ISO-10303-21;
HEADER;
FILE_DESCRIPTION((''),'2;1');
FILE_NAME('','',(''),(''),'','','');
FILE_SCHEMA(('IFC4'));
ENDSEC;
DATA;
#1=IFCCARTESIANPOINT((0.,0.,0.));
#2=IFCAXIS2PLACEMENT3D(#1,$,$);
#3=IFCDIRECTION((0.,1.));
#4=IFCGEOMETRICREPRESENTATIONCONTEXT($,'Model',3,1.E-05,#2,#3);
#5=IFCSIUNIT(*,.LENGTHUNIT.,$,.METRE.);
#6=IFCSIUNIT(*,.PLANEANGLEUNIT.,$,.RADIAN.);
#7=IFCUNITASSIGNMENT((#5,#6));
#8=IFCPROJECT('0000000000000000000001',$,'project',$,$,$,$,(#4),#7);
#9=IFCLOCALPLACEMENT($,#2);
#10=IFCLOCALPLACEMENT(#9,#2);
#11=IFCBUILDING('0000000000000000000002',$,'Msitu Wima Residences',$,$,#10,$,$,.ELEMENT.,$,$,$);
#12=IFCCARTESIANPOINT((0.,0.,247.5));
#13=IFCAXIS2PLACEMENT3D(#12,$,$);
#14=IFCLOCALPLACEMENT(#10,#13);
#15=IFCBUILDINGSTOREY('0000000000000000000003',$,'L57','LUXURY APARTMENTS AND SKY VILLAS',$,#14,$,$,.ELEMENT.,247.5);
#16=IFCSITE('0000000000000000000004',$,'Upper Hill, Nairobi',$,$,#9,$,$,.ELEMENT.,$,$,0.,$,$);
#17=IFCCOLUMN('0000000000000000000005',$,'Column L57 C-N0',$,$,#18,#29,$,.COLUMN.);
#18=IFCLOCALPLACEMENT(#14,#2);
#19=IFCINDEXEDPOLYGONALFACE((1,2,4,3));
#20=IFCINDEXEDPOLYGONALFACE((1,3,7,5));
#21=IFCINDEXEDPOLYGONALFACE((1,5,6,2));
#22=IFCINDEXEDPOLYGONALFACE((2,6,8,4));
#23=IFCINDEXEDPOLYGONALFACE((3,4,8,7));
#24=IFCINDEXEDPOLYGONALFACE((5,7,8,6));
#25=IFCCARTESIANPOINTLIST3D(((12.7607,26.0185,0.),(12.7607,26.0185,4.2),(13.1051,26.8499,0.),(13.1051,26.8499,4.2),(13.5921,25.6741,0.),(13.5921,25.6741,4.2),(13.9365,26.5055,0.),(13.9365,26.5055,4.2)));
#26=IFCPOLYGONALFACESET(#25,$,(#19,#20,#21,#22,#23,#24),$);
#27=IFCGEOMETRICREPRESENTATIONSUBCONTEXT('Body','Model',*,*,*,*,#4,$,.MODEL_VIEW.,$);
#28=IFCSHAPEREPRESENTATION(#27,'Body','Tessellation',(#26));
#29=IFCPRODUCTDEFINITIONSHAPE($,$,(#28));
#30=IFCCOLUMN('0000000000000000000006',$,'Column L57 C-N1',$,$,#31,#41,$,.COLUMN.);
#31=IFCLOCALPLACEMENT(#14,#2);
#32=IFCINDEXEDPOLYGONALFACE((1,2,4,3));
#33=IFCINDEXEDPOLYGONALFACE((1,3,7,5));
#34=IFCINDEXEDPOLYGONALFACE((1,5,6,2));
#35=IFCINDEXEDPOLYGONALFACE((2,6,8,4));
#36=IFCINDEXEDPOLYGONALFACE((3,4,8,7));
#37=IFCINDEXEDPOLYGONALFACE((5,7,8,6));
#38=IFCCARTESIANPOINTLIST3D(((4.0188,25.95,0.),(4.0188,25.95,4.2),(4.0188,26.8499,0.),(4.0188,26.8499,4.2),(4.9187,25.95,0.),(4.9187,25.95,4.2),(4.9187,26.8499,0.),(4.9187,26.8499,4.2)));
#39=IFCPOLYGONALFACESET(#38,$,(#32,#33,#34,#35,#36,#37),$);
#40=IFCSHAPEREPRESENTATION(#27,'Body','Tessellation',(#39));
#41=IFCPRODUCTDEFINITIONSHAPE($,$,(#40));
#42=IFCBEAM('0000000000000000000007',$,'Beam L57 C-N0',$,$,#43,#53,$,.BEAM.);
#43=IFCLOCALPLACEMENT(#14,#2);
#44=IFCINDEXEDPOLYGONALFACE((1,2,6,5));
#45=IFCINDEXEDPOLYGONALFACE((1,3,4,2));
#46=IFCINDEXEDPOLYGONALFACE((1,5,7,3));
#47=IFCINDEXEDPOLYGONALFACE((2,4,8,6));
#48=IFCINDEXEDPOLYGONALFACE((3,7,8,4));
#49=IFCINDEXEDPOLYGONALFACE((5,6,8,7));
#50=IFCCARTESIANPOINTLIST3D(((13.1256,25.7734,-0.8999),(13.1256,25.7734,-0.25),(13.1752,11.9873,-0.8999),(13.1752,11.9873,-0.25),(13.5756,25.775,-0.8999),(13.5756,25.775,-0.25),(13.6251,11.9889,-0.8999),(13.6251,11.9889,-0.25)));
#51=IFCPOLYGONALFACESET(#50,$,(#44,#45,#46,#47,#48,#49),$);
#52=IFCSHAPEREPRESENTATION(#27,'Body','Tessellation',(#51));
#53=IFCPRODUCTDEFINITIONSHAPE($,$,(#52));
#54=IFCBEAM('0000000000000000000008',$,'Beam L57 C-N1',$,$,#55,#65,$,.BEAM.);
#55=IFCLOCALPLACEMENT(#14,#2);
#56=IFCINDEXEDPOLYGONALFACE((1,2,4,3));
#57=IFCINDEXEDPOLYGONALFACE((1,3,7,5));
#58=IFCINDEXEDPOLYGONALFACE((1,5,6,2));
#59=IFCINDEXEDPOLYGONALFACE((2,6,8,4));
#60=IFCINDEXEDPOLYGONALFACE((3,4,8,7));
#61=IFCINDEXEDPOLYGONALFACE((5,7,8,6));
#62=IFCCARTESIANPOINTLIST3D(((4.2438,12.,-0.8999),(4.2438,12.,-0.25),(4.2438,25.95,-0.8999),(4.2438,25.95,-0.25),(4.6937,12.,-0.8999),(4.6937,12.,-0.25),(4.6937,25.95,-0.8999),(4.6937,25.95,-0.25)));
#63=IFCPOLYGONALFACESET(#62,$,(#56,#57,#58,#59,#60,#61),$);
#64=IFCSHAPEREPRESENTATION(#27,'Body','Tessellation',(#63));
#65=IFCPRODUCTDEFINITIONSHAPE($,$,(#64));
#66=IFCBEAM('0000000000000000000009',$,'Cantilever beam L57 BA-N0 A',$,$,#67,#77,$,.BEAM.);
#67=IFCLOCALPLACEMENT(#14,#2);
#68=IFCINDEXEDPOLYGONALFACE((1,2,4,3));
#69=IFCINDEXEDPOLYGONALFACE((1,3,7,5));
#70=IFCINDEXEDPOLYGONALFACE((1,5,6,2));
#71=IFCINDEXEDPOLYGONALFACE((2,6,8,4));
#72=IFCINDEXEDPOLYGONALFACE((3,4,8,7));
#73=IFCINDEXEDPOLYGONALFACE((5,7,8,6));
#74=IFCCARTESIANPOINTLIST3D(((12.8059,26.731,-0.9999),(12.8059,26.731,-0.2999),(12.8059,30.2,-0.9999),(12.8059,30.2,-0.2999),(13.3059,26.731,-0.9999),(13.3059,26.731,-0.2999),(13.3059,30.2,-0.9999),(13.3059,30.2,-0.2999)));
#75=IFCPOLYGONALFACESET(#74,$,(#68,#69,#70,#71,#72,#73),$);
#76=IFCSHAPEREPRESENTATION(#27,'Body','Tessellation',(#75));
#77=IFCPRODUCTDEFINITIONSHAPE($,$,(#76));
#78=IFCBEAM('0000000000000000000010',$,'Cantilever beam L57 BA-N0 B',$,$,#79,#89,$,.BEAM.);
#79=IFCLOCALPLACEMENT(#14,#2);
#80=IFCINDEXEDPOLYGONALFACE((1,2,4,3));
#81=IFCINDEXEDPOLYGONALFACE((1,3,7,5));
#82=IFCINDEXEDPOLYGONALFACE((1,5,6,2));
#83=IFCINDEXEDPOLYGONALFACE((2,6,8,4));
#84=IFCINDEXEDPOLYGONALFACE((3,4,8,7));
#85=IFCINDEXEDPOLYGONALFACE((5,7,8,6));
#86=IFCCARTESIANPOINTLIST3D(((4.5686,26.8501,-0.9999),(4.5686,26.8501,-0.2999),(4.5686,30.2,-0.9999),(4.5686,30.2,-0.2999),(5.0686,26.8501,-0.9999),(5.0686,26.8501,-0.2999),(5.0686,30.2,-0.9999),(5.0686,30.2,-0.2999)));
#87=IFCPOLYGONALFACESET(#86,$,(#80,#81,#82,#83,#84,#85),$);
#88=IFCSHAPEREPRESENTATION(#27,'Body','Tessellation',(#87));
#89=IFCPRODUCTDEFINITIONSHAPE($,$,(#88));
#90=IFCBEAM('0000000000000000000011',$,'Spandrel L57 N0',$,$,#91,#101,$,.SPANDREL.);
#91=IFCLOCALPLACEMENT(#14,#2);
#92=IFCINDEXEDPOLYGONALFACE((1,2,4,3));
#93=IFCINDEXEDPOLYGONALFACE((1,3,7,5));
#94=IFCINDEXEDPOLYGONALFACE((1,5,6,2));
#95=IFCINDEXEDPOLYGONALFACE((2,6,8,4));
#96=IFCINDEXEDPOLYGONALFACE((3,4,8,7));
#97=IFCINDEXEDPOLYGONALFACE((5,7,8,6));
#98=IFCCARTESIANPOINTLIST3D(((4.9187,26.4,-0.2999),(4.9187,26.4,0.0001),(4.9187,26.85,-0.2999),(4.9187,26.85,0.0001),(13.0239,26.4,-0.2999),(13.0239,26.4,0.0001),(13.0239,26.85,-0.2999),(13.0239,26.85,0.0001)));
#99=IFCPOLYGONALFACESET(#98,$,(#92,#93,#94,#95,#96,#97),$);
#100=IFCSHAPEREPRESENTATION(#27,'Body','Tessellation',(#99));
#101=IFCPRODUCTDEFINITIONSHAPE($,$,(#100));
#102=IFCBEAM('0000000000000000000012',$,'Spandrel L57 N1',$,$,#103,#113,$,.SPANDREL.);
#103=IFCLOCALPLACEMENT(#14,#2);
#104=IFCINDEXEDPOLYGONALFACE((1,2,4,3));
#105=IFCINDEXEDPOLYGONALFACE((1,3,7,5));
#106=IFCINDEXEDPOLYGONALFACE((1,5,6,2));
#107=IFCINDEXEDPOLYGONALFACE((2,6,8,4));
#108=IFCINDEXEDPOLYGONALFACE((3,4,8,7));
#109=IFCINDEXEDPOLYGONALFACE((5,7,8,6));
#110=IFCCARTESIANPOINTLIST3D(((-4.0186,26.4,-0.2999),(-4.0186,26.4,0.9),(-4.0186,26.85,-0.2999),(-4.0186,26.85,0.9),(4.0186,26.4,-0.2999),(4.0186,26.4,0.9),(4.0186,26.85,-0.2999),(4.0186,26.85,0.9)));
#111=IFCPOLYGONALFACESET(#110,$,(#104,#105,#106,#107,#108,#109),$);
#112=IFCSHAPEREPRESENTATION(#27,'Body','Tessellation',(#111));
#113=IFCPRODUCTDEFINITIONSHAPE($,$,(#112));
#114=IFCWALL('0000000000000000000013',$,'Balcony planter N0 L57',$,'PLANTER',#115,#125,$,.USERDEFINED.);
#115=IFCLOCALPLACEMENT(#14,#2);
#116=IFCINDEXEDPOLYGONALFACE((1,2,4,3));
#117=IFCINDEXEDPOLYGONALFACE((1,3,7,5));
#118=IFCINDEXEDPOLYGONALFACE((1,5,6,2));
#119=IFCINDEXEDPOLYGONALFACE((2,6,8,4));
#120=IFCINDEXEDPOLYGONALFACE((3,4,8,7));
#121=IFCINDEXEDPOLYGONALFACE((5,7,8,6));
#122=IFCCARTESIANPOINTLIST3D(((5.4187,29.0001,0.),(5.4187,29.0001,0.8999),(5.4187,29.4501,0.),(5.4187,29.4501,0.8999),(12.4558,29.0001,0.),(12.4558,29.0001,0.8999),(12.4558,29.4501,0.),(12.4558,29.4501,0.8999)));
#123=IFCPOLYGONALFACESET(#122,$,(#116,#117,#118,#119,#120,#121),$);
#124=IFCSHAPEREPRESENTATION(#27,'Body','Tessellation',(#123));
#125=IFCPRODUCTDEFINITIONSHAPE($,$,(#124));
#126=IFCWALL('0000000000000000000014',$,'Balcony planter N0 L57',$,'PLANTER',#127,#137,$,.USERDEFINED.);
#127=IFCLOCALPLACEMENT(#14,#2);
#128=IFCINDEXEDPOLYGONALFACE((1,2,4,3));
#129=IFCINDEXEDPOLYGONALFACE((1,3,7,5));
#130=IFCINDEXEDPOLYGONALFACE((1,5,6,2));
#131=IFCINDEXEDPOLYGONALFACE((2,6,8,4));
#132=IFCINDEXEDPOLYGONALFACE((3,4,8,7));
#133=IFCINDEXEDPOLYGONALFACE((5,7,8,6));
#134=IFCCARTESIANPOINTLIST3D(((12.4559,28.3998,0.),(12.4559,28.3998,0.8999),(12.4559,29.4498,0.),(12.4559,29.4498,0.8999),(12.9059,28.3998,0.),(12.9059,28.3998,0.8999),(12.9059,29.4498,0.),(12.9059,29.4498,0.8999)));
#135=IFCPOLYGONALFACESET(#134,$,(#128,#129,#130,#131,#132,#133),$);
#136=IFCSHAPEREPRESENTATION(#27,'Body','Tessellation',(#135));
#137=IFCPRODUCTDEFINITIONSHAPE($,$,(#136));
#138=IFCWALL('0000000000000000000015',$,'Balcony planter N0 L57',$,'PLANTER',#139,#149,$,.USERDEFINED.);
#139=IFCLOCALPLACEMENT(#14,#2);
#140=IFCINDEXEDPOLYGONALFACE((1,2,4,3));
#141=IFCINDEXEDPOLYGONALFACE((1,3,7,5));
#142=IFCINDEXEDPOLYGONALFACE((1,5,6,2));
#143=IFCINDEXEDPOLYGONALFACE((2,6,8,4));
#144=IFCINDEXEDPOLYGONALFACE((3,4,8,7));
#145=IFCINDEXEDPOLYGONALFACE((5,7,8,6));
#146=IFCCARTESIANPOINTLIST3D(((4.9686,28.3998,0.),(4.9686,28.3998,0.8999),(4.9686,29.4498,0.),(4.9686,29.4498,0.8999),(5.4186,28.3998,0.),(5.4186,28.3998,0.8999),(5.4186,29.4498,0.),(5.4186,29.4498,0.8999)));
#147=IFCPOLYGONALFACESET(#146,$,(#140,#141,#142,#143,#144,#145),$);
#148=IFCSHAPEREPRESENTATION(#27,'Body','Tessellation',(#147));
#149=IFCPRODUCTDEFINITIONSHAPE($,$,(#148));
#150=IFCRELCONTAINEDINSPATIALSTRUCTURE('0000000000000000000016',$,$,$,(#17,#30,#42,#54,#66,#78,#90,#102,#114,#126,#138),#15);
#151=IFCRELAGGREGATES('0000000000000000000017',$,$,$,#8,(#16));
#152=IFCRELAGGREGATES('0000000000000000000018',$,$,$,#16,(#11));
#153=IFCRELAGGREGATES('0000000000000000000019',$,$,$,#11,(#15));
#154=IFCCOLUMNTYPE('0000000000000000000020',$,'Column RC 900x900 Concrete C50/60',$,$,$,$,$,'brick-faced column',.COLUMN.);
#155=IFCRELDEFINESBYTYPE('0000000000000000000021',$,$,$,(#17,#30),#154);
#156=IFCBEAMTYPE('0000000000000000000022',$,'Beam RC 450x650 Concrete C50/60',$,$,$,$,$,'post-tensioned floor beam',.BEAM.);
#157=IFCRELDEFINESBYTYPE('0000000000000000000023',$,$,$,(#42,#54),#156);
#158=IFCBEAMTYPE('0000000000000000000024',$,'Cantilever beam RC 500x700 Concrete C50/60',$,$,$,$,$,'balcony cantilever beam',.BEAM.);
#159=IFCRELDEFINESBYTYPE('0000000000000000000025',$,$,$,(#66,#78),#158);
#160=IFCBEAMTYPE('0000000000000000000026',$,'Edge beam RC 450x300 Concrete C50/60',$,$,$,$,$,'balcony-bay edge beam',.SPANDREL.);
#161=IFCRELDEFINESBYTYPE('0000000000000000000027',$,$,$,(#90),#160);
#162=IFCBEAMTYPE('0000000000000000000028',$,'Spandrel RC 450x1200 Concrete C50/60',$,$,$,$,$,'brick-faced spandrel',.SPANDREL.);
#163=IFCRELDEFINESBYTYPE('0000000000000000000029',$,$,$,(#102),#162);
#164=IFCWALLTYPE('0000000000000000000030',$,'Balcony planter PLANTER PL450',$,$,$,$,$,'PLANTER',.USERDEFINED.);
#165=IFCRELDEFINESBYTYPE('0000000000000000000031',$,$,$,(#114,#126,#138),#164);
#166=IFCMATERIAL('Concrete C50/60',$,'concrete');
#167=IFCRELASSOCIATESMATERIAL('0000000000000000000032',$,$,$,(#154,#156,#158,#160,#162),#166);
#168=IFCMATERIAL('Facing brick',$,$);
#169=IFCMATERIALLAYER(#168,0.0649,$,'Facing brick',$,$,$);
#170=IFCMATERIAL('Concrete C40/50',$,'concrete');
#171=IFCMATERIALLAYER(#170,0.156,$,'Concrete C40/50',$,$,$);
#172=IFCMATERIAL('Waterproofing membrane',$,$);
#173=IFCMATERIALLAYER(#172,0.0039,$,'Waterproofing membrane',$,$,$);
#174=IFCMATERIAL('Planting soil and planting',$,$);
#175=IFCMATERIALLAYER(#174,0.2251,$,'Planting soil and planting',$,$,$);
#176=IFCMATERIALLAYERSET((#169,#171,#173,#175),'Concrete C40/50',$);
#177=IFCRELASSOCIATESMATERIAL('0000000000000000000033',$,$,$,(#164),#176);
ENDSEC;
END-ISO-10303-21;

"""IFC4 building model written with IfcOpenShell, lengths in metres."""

from ifc_helpers import new_model, si_unit, direction, frame, frame_2d, origin, origin_2d, place, context, subcontext, project, spatial, rectangle, extrude, material, layer, layer_set, material_profile, profile_set, type_object, element, save


model = new_model("IFC4")

# Units and contexts
model_context = context("Model", 3, precision=1e-05, world=origin(), true_north=direction((0.0, 1.0)))
body_context = subcontext(model_context, "Body", "Model", "MODEL_VIEW")
ifc_project = project(units=[si_unit("LENGTHUNIT", "METRE"), si_unit("PLANEANGLEUNIT", "RADIAN")], contexts=[model_context])

# Site, building, storey
site_placement = place(None, origin())
site = spatial("IfcSite", under=ifc_project, at=site_placement, Name="Upper Hill, Nairobi", CompositionType="ELEMENT", RefElevation=0.0)
building_placement = place(site_placement, origin())
building = spatial("IfcBuilding", under=site, at=building_placement, Name="Msitu Wima Residences", CompositionType="ELEMENT")
storey_placement = place(building_placement, frame((0.0, 0.0, 247.5)))
storey = spatial("IfcBuildingStorey", under=building, at=storey_placement, Name="L57", Description="LUXURY APARTMENTS AND SKY VILLAS", CompositionType="ELEMENT", Elevation=247.5)

# Columns
ifc_material_1 = material(Name="Concrete C50/60", Category="concrete")
ifc_material_profile_1 = material_profile(ifc_material_1, rectangle(XDim=0.8999, YDim=0.8999, at=origin_2d()), Name="RC 900x900")
ifc_profile_set_1 = profile_set([ifc_material_profile_1], Name="Concrete C50/60")
column_type = type_object("IfcColumnType", Name="Column RC 900x900 Concrete C50/60", ElementType="brick-faced column", PredefinedType="COLUMN", material=ifc_profile_set_1)
for number, where, z_axis, x_axis, name in (
    (1, (13.3486, 26.262, 0.0), (0.0, 0.0, 1.0), (-0.92388, 0.382683, 0.0), "Column L57 C-N0"),
    (2, (4.4688, 26.3999, 0.0), (0.0, 0.0, 1.0), (-1.0, 0.0, 0.0), "Column L57 C-N1"),
):
    element("IfcColumn", number, at=place(storey_placement, frame(where, z_axis=z_axis, x_axis=x_axis)), inside=storey, type_object=column_type, Name=name, PredefinedType="COLUMN", context=body_context, shape_type="SweptSolid", body=[
        extrude(rectangle(XDim=0.8999, YDim=0.8999, at=origin_2d()), origin(), (0.0, 0.0, 1.0), 4.2),
    ])

# Beams
ifc_material_profile_2 = material_profile(ifc_material_1, rectangle(XDim=0.45, YDim=0.6499, at=origin_2d()), Name="RC 450x650")
ifc_profile_set_2 = profile_set([ifc_material_profile_2], Name="Concrete C50/60")
beam_type_1 = type_object("IfcBeamType", Name="Beam RC 450x650 Concrete C50/60", ElementType="post-tensioned floor beam", PredefinedType="BEAM", material=ifc_profile_set_2)
beam_1_placement = place(storey_placement, frame((13.3506, 25.7742, -0.575), z_axis=(0.003595, -0.999994, 0.0), x_axis=(0.999994, 0.003595, 0.0)))
element("IfcBeam", 3, at=beam_1_placement, inside=storey, type_object=beam_type_1, Name="Beam L57 C-N0", PredefinedType="BEAM", context=body_context, shape_type="SweptSolid", body=[
    extrude(rectangle(XDim=0.45, YDim=0.6499, at=origin_2d()), origin(), (0.0, 0.0, 1.0), 13.7861),
])
beam_2_placement = place(storey_placement, frame((4.4688, 25.95, -0.575), z_axis=(0.0, -1.0, 0.0), x_axis=(1.0, 0.0, 0.0)))
element("IfcBeam", 4, at=beam_2_placement, inside=storey, type_object=beam_type_1, Name="Beam L57 C-N1", PredefinedType="BEAM", context=body_context, shape_type="SweptSolid", body=[
    extrude(rectangle(XDim=0.45, YDim=0.6499, at=origin_2d()), origin(), (0.0, 0.0, 1.0), 13.95),
])
ifc_material_profile_3 = material_profile(ifc_material_1, rectangle(XDim=0.5, YDim=0.7, at=origin_2d()), Name="RC 500x700")
ifc_profile_set_3 = profile_set([ifc_material_profile_3], Name="Concrete C50/60")
beam_type_2 = type_object("IfcBeamType", Name="Cantilever beam RC 500x700 Concrete C50/60", ElementType="balcony cantilever beam", PredefinedType="BEAM", material=ifc_profile_set_3)
beam_3_placement = place(storey_placement, frame((13.0559, 26.731, -0.6499), z_axis=(0.0, 1.0, 0.0), x_axis=(-1.0, 0.0, 0.0)))
element("IfcBeam", 5, at=beam_3_placement, inside=storey, type_object=beam_type_2, Name="Cantilever beam L57 BA-N0 A", PredefinedType="BEAM", context=body_context, shape_type="SweptSolid", body=[
    extrude(rectangle(XDim=0.5, YDim=0.7, at=origin_2d()), origin(), (0.0, 0.0, 1.0), 3.469),
])
beam_4_placement = place(storey_placement, frame((4.8186, 26.8501, -0.6499), z_axis=(0.0, 1.0, 0.0), x_axis=(-1.0, 0.0, 0.0)))
element("IfcBeam", 6, at=beam_4_placement, inside=storey, type_object=beam_type_2, Name="Cantilever beam L57 BA-N0 B", PredefinedType="BEAM", context=body_context, shape_type="SweptSolid", body=[
    extrude(rectangle(XDim=0.5, YDim=0.7, at=origin_2d()), origin(), (0.0, 0.0, 1.0), 3.3499),
])
ifc_material_profile_4 = material_profile(ifc_material_1, rectangle(XDim=0.45, YDim=0.3, at=origin_2d()), Name="RC 450x300")
ifc_profile_set_4 = profile_set([ifc_material_profile_4], Name="Concrete C50/60")
beam_type_3 = type_object("IfcBeamType", Name="Edge beam RC 450x300 Concrete C50/60", ElementType="balcony-bay edge beam", PredefinedType="SPANDREL", material=ifc_profile_set_4)
beam_5_placement = place(storey_placement, frame((13.0239, 26.625, -0.1499), z_axis=(-1.0, 0.0, 0.0), x_axis=(0.0, -1.0, 0.0)))
element("IfcBeam", 7, at=beam_5_placement, inside=storey, type_object=beam_type_3, Name="Spandrel L57 N0", PredefinedType="SPANDREL", context=body_context, shape_type="SweptSolid", body=[
    extrude(rectangle(XDim=0.45, YDim=0.3, at=origin_2d()), origin(), (0.0, 0.0, 1.0), 8.1052),
])
ifc_material_profile_5 = material_profile(ifc_material_1, rectangle(XDim=0.45, YDim=1.2, at=origin_2d()), Name="RC 450x1200")
ifc_profile_set_5 = profile_set([ifc_material_profile_5], Name="Concrete C50/60")
beam_type_4 = type_object("IfcBeamType", Name="Spandrel RC 450x1200 Concrete C50/60", ElementType="brick-faced spandrel", PredefinedType="SPANDREL", material=ifc_profile_set_5)
beam_6_placement = place(storey_placement, frame((4.0186, 26.625, 0.3), z_axis=(-1.0, 0.0, 0.0), x_axis=(0.0, -1.0, 0.0)))
element("IfcBeam", 8, at=beam_6_placement, inside=storey, type_object=beam_type_4, Name="Spandrel L57 N1", PredefinedType="SPANDREL", context=body_context, shape_type="SweptSolid", body=[
    extrude(rectangle(XDim=0.45, YDim=1.2, at=origin_2d()), origin(), (0.0, 0.0, 1.0), 8.0371),
])

# Walls
ifc_material_2 = material(Name="Facing brick")
ifc_layer_1 = layer(ifc_material_2, 0.0649, Name="Facing brick")
ifc_material_3 = material(Name="Concrete C40/50", Category="concrete")
ifc_layer_2 = layer(ifc_material_3, 0.156, Name="Concrete C40/50")
ifc_material_4 = material(Name="Waterproofing membrane")
ifc_layer_3 = layer(ifc_material_4, 0.0039, Name="Waterproofing membrane")
ifc_material_5 = material(Name="Planting soil and planting")
ifc_layer_4 = layer(ifc_material_5, 0.2251, Name="Planting soil and planting")
ifc_layer_set_1 = layer_set([ifc_layer_1, ifc_layer_2, ifc_layer_3, ifc_layer_4], Name="Concrete C40/50")
wall_type_1 = type_object("IfcWallType", Name="Balcony planter PLANTER PL450", ElementType="PLANTER", PredefinedType="USERDEFINED", material=ifc_layer_set_1)
wall_1_placement = place(storey_placement, frame((12.4558, 29.2251, 0.0), z_axis=(0.0, 0.0, 1.0), x_axis=(-1.0, 0.0, 0.0)))
element("IfcWall", 9, at=wall_1_placement, inside=storey, type_object=wall_type_1, Name="Balcony planter N0 L57", ObjectType="PLANTER", PredefinedType="USERDEFINED", context=body_context, shape_type="SweptSolid", body=[
    extrude(rectangle(XDim=7.0371, YDim=0.45, at=frame_2d((3.5186, 0.0))), origin(), (0.0, 0.0, 1.0), 0.8999),
])
for number, where, z_axis, x_axis, name in (
    (10, (12.6809, 28.3999, 0.0), (0.0, 0.0, 1.0), (0.0, 1.0, 0.0), "Balcony planter N0 L57"),
    (11, (5.1936, 28.3999, 0.0), (0.0, 0.0, 1.0), (0.0, 1.0, 0.0), "Balcony planter N0 L57"),
):
    element("IfcWall", number, at=place(storey_placement, frame(where, z_axis=z_axis, x_axis=x_axis)), inside=storey, type_object=wall_type_1, Name=name, ObjectType="PLANTER", PredefinedType="USERDEFINED", context=body_context, shape_type="SweptSolid", body=[
        extrude(rectangle(XDim=1.05, YDim=0.45, at=frame_2d((0.5249, 0.0))), origin(), (0.0, 0.0, 1.0), 0.8999),
    ])

save(model, "model.ifc")
